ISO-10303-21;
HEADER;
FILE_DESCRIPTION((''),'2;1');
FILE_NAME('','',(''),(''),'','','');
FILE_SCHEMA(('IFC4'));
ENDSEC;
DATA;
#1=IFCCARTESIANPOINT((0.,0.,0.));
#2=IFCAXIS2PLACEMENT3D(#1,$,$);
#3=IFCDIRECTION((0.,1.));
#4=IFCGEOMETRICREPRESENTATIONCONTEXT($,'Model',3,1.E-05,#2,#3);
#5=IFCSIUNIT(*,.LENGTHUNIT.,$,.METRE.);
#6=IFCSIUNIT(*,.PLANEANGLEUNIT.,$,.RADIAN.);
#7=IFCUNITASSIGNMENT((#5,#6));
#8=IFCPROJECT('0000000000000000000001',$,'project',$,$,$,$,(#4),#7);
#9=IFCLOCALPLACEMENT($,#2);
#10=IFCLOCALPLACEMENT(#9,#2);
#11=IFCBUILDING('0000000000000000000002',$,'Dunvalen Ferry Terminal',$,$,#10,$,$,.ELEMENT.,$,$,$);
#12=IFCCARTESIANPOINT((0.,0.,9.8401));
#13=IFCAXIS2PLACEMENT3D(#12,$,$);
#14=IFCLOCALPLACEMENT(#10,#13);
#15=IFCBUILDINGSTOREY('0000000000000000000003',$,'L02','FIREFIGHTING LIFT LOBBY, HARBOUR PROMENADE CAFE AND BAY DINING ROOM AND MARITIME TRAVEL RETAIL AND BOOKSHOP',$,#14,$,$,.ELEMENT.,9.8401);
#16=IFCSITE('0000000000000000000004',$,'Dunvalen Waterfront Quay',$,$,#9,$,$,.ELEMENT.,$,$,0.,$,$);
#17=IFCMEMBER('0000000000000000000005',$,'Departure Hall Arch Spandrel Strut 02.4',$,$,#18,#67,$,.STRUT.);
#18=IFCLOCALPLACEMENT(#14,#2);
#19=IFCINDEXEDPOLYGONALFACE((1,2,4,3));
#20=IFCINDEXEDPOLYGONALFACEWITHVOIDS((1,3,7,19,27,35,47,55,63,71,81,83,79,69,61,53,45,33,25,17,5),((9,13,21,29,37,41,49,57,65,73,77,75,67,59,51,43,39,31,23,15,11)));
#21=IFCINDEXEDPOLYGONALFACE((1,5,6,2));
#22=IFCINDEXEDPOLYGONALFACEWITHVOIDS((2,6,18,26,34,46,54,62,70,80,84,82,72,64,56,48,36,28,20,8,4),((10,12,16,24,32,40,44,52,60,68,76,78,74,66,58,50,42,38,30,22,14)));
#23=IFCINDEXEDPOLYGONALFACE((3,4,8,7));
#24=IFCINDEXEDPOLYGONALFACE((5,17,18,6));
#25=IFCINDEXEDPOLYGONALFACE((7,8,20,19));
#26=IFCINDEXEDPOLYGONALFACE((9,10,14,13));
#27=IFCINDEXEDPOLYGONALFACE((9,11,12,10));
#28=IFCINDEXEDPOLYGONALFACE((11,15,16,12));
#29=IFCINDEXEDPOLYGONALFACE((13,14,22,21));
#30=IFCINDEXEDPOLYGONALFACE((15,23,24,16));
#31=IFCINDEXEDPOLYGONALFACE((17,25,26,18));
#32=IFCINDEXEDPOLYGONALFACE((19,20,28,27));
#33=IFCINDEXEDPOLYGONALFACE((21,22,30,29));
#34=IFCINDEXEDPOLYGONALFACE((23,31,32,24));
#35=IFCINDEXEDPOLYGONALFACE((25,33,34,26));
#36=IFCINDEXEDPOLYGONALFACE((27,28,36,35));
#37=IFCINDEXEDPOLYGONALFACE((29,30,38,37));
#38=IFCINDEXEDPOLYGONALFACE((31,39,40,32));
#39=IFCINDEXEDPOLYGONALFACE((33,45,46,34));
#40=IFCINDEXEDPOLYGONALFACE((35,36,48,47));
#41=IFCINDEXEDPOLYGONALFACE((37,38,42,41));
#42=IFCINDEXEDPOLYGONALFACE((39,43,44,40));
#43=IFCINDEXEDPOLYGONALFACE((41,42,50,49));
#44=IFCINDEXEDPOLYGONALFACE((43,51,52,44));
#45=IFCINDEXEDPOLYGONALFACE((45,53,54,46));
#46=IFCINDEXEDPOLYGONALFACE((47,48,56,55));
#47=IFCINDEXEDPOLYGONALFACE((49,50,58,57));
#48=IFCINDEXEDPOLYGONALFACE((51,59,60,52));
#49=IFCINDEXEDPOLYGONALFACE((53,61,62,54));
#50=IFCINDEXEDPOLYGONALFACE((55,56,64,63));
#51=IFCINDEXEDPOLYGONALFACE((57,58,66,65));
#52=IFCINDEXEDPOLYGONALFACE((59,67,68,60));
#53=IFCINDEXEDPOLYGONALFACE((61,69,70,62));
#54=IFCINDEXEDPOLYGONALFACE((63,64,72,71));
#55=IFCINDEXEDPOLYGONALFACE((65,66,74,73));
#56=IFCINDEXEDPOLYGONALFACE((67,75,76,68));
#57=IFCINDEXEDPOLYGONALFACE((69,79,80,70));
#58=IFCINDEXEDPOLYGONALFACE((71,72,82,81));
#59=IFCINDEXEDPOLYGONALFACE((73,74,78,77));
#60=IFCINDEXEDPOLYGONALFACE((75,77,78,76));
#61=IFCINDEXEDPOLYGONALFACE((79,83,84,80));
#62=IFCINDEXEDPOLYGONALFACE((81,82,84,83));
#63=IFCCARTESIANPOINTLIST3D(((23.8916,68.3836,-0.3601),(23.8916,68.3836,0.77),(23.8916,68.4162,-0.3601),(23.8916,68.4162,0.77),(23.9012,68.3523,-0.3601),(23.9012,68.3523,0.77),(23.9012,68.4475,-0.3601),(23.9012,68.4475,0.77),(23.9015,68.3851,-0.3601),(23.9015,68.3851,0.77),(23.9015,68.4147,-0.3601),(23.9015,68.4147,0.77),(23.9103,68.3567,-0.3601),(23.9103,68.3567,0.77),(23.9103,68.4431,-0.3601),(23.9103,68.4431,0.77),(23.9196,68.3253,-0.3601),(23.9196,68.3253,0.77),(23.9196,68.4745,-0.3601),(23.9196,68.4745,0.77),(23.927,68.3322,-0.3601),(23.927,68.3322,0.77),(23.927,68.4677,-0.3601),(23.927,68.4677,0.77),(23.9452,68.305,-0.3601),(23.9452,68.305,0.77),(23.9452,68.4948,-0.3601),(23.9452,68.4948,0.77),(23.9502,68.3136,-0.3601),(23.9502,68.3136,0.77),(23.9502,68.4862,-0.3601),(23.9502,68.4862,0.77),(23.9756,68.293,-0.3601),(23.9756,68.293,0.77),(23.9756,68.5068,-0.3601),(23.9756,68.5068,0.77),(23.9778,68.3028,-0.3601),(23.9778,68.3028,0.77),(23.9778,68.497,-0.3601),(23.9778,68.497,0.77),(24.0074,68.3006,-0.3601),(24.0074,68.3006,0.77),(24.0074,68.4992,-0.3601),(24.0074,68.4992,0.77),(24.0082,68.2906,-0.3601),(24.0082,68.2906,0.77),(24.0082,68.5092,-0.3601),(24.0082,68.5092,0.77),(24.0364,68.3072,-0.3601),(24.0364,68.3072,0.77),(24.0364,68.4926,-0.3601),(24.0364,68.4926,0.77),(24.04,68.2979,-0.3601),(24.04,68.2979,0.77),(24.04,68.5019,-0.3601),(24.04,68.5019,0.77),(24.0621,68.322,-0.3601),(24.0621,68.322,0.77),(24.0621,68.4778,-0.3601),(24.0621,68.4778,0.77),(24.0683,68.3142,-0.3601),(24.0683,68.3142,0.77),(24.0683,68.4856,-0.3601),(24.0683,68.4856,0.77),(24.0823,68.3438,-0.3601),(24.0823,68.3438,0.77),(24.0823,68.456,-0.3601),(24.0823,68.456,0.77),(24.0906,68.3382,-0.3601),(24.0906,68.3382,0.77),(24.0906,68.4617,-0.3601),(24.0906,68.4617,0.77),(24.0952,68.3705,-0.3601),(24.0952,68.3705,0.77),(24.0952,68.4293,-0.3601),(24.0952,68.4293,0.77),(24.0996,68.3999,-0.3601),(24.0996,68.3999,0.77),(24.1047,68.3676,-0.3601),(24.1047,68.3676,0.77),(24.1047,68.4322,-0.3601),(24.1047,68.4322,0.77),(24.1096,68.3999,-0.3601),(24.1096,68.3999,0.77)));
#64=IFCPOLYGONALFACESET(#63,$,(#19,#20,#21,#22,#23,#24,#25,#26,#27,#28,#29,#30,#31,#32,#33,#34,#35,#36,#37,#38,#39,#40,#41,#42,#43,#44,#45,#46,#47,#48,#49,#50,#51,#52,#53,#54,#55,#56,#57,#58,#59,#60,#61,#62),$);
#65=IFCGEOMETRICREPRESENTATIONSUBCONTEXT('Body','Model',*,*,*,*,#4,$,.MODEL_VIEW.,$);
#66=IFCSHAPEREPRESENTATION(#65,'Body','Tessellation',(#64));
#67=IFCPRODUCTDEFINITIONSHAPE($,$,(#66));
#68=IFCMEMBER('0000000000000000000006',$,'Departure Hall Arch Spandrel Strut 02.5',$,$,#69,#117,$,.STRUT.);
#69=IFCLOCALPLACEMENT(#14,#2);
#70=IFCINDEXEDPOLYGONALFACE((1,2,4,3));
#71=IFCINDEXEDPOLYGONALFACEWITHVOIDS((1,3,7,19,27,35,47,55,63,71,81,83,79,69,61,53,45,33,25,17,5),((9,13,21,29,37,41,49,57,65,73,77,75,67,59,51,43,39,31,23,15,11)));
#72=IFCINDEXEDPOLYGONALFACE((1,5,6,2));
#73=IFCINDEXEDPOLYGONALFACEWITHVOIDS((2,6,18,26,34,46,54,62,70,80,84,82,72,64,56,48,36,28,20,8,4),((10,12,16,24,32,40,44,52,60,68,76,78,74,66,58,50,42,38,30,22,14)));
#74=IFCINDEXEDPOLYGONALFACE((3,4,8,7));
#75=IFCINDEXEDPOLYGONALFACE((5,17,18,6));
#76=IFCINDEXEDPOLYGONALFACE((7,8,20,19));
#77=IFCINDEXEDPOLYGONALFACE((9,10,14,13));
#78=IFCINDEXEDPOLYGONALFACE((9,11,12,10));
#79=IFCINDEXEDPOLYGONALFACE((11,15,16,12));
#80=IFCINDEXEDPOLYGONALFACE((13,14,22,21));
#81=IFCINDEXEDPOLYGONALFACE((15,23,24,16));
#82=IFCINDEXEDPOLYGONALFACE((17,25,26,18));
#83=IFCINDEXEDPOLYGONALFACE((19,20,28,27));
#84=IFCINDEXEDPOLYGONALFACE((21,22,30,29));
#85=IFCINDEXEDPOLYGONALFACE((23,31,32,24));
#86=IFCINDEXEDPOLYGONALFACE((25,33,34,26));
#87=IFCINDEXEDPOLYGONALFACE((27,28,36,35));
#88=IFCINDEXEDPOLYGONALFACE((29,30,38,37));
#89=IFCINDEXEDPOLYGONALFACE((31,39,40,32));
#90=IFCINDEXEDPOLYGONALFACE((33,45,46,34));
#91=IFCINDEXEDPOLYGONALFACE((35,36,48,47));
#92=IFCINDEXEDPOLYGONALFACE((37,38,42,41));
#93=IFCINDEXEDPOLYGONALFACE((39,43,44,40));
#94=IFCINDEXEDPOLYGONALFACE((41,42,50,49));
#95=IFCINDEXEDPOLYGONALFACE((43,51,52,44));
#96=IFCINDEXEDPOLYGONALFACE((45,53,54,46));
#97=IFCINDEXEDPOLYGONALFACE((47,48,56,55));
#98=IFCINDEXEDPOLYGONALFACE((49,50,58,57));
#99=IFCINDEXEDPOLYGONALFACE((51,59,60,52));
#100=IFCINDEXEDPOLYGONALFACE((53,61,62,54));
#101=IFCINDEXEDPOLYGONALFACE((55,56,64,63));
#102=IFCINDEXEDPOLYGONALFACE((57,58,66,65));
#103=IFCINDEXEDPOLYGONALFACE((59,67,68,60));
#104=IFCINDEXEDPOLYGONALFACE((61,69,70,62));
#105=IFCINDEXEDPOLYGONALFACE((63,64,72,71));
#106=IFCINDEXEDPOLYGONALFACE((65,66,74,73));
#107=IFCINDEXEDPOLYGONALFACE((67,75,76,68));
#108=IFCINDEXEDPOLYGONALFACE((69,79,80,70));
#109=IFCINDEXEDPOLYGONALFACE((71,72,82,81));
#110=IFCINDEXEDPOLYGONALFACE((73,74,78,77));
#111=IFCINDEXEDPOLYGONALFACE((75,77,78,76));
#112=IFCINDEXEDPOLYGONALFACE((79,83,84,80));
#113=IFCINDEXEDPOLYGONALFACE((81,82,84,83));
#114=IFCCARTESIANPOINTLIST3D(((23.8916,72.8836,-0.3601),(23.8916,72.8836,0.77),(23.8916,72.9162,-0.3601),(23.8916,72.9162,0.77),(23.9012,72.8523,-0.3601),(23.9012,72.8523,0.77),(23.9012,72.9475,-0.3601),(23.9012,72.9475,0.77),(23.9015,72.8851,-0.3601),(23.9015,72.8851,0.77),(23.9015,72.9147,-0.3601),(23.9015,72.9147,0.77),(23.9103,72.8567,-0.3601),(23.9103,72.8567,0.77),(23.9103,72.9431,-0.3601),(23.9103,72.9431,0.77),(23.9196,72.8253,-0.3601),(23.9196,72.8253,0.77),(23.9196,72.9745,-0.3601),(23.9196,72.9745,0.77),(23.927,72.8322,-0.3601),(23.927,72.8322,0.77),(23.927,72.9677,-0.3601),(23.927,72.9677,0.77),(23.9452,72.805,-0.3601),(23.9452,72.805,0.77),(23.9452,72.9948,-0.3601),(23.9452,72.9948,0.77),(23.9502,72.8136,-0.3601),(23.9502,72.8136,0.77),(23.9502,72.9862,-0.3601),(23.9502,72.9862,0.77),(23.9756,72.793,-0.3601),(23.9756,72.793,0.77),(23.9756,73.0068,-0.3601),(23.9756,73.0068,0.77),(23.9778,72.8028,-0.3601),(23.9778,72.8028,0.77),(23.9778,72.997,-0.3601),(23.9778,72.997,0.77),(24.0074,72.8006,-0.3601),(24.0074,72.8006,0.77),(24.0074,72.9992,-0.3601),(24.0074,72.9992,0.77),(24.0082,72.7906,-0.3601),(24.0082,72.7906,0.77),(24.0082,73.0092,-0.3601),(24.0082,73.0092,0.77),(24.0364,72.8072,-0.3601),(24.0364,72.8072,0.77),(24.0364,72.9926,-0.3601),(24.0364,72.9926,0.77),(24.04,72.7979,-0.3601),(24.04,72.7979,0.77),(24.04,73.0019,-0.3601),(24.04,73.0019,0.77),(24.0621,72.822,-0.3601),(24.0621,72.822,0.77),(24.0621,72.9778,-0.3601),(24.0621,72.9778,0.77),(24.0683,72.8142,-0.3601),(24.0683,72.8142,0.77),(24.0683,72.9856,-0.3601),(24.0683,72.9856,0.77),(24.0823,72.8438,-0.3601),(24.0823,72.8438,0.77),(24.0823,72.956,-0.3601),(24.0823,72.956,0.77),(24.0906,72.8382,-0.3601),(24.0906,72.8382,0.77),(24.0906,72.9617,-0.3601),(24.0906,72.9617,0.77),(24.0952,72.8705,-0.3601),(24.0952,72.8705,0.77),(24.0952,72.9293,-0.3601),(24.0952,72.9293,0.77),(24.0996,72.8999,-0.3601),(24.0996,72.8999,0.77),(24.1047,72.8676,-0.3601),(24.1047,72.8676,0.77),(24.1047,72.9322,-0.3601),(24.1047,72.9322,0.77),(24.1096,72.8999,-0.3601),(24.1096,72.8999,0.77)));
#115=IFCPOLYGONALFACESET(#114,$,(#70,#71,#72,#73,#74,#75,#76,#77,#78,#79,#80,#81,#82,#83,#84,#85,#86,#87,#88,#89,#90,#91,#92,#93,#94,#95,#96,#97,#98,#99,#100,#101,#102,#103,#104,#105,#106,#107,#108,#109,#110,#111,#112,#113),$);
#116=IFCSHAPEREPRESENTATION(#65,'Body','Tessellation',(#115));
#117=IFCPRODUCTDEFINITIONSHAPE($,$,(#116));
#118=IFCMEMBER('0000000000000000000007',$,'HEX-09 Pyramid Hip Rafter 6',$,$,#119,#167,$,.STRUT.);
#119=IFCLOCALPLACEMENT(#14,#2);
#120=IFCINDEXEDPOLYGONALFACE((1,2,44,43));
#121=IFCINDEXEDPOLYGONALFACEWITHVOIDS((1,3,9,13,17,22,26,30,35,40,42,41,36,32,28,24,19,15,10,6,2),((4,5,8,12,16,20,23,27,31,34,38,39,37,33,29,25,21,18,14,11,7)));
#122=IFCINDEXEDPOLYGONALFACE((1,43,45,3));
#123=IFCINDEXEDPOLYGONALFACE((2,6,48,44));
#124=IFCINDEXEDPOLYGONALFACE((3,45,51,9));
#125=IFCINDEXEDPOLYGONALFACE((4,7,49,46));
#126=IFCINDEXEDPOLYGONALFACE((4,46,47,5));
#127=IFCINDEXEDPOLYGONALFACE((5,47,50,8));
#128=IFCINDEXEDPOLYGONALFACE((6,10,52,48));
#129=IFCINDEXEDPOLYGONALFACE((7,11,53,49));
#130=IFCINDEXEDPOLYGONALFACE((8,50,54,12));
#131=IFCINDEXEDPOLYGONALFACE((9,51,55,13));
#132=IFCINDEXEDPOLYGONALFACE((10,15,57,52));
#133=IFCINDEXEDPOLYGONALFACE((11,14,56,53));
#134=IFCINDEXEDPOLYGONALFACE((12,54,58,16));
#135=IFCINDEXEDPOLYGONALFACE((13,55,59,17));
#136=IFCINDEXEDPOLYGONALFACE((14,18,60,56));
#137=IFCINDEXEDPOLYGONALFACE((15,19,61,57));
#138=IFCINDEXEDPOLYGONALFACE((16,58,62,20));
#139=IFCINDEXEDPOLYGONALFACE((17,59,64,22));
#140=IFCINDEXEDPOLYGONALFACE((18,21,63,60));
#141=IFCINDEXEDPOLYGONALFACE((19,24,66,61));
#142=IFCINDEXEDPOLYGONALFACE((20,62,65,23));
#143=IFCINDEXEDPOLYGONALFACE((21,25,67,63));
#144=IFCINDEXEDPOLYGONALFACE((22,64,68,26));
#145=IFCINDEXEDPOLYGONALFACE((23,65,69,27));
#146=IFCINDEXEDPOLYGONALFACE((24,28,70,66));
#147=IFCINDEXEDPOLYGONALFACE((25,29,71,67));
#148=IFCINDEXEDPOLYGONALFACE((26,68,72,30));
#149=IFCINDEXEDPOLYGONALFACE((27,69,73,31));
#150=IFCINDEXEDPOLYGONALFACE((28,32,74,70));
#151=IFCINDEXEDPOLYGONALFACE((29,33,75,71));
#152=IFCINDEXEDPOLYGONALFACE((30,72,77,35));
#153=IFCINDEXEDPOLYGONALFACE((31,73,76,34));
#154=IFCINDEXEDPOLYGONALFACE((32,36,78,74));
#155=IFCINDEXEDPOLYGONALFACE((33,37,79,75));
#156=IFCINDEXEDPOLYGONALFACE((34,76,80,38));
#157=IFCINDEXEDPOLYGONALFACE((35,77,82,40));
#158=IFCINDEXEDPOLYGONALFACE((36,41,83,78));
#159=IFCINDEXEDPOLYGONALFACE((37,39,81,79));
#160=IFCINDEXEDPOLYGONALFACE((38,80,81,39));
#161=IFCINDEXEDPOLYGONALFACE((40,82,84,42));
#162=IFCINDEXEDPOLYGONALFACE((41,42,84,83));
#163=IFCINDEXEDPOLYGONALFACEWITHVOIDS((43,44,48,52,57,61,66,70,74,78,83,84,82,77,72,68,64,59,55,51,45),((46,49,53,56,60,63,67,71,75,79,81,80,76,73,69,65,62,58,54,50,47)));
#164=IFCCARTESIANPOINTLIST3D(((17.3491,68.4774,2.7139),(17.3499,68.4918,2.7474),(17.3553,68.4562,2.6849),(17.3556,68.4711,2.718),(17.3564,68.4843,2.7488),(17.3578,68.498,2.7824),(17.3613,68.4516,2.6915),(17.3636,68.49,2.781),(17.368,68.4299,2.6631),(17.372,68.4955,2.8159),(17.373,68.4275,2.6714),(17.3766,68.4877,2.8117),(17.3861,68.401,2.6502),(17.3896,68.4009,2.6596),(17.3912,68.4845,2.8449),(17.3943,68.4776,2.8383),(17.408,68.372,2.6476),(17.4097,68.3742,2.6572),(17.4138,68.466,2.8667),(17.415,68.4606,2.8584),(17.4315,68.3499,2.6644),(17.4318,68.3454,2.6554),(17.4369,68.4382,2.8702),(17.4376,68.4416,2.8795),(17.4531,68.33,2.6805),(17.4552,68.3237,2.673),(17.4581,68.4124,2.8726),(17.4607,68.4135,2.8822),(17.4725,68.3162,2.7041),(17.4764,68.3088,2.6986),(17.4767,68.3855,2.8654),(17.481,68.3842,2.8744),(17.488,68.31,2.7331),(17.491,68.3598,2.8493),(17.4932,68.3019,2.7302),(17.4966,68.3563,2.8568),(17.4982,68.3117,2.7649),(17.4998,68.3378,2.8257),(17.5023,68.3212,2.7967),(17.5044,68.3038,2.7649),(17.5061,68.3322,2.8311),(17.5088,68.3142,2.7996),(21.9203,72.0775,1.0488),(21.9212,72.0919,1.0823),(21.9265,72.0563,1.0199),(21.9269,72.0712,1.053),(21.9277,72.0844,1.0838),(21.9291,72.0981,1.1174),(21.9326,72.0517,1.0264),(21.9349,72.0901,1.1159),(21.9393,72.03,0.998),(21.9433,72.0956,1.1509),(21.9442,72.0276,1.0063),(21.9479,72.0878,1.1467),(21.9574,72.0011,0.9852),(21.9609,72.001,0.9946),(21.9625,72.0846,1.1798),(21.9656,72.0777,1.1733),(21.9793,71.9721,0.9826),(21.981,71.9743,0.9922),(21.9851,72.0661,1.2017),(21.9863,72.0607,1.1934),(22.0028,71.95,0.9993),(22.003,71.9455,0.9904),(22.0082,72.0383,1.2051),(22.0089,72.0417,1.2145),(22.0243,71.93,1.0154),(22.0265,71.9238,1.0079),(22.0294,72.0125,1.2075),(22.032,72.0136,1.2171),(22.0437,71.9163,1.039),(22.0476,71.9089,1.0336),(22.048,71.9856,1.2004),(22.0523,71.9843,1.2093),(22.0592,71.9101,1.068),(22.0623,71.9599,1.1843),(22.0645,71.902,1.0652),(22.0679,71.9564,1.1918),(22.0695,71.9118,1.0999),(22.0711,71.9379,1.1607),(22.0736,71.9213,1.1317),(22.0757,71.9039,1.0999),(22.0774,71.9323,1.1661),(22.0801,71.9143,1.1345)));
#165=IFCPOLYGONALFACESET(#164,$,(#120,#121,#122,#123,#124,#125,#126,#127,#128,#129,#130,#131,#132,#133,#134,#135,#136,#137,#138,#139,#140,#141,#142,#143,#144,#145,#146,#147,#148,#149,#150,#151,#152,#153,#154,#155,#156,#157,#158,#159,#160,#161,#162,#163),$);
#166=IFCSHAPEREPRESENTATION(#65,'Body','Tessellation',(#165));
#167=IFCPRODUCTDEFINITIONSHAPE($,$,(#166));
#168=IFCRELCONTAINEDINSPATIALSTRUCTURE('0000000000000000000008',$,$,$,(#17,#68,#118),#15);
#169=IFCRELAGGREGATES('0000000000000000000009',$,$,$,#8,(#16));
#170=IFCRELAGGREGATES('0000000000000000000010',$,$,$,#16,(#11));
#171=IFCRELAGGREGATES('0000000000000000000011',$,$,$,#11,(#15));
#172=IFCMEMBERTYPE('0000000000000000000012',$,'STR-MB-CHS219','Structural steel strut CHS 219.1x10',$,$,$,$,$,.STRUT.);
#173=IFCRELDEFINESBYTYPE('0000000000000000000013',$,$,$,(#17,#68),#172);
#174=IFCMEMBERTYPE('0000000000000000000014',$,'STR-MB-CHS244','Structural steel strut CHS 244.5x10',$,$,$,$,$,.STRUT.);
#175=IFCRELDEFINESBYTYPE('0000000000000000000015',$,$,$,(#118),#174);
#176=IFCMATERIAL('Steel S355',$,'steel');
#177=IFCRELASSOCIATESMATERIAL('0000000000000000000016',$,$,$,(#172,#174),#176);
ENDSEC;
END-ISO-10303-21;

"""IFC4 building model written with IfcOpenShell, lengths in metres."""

from ifc_helpers import new_model, si_unit, direction, frame, origin, origin_2d, place, context, subcontext, project, spatial, hollow_circle, extrude, material, material_profile, profile_set, type_object, element, save


model = new_model("IFC4")

# Units and contexts
model_context = context("Model", 3, precision=1e-05, world=origin(), true_north=direction((0.0, 1.0)))
body_context = subcontext(model_context, "Body", "Model", "MODEL_VIEW")
ifc_project = project(units=[si_unit("LENGTHUNIT", "METRE"), si_unit("PLANEANGLEUNIT", "RADIAN")], contexts=[model_context])

# Site, building, storey
site_placement = place(None, origin())
site = spatial("IfcSite", under=ifc_project, at=site_placement, Name="Dunvalen Waterfront Quay", CompositionType="ELEMENT", RefElevation=0.0)
building_placement = place(site_placement, origin())
building = spatial("IfcBuilding", under=site, at=building_placement, Name="Dunvalen Ferry Terminal", CompositionType="ELEMENT")
storey_placement = place(building_placement, frame((0.0, 0.0, 9.8401)))
storey = spatial("IfcBuildingStorey", under=building, at=storey_placement, Name="L02", Description="FIREFIGHTING LIFT LOBBY, HARBOUR PROMENADE CAFE AND BAY DINING ROOM AND MARITIME TRAVEL RETAIL AND BOOKSHOP", CompositionType="ELEMENT", Elevation=9.8401)

# Shared definitions
ifc_material_1 = material(Name="Steel S355", Category="steel")

# Members
ifc_material_profile_1 = material_profile(ifc_material_1, hollow_circle(Radius=0.1096, WallThickness=0.01, at=origin_2d()), Name="Steel S355")
ifc_profile_set_1 = profile_set([ifc_material_profile_1], Name="Steel S355")
member_type_1 = type_object("IfcMemberType", Name="STR-MB-CHS219", Description="Structural steel strut CHS 219.1x10", PredefinedType="STRUT", material=ifc_profile_set_1)
for number, where, z_axis, x_axis, name in (
    (1, (24.0, 68.3999, -0.3601), (0.0, 0.0, 1.0), (1.0, 0.0, 0.0), "Departure Hall Arch Spandrel Strut 02.4"),
    (2, (24.0, 72.8999, -0.3601), (0.0, 0.0, 1.0), (1.0, 0.0, 0.0), "Departure Hall Arch Spandrel Strut 02.5"),
):
    element("IfcMember", number, at=place(storey_placement, frame(where, z_axis=z_axis, x_axis=x_axis)), inside=storey, type_object=member_type_1, Name=name, PredefinedType="STRUT", context=body_context, shape_type="SweptSolid", body=[
        extrude(hollow_circle(Radius=0.1096, WallThickness=0.01, at=origin_2d()), origin(), (0.0, 0.0, 1.0), 1.1301),
    ])
ifc_material_profile_2 = material_profile(ifc_material_1, hollow_circle(Radius=0.1223, WallThickness=0.01, at=origin_2d()), Name="Steel S355")
ifc_profile_set_2 = profile_set([ifc_material_profile_2], Name="Steel S355")
member_type_2 = type_object("IfcMemberType", Name="STR-MB-CHS244", Description="Structural steel strut CHS 244.5x10", PredefinedType="STRUT", material=ifc_profile_set_2)
for number, where, z_axis, x_axis, name in (
    (3, (22.0, 72.0, 1.0999), (-0.755304, -0.594836, 0.275111), (0.618711, -0.785619, 0.0), "HEX-09 Pyramid Hip Rafter 6"),
):
    element("IfcMember", number, at=place(storey_placement, frame(where, z_axis=z_axis, x_axis=x_axis)), inside=storey, type_object=member_type_2, Name=name, PredefinedType="STRUT", context=body_context, shape_type="SweptSolid", body=[
        extrude(hollow_circle(Radius=0.1223, WallThickness=0.01, at=origin_2d()), origin(), (0.0, 0.0, 1.0), 6.0522),
    ])

save(model, "model.ifc")
